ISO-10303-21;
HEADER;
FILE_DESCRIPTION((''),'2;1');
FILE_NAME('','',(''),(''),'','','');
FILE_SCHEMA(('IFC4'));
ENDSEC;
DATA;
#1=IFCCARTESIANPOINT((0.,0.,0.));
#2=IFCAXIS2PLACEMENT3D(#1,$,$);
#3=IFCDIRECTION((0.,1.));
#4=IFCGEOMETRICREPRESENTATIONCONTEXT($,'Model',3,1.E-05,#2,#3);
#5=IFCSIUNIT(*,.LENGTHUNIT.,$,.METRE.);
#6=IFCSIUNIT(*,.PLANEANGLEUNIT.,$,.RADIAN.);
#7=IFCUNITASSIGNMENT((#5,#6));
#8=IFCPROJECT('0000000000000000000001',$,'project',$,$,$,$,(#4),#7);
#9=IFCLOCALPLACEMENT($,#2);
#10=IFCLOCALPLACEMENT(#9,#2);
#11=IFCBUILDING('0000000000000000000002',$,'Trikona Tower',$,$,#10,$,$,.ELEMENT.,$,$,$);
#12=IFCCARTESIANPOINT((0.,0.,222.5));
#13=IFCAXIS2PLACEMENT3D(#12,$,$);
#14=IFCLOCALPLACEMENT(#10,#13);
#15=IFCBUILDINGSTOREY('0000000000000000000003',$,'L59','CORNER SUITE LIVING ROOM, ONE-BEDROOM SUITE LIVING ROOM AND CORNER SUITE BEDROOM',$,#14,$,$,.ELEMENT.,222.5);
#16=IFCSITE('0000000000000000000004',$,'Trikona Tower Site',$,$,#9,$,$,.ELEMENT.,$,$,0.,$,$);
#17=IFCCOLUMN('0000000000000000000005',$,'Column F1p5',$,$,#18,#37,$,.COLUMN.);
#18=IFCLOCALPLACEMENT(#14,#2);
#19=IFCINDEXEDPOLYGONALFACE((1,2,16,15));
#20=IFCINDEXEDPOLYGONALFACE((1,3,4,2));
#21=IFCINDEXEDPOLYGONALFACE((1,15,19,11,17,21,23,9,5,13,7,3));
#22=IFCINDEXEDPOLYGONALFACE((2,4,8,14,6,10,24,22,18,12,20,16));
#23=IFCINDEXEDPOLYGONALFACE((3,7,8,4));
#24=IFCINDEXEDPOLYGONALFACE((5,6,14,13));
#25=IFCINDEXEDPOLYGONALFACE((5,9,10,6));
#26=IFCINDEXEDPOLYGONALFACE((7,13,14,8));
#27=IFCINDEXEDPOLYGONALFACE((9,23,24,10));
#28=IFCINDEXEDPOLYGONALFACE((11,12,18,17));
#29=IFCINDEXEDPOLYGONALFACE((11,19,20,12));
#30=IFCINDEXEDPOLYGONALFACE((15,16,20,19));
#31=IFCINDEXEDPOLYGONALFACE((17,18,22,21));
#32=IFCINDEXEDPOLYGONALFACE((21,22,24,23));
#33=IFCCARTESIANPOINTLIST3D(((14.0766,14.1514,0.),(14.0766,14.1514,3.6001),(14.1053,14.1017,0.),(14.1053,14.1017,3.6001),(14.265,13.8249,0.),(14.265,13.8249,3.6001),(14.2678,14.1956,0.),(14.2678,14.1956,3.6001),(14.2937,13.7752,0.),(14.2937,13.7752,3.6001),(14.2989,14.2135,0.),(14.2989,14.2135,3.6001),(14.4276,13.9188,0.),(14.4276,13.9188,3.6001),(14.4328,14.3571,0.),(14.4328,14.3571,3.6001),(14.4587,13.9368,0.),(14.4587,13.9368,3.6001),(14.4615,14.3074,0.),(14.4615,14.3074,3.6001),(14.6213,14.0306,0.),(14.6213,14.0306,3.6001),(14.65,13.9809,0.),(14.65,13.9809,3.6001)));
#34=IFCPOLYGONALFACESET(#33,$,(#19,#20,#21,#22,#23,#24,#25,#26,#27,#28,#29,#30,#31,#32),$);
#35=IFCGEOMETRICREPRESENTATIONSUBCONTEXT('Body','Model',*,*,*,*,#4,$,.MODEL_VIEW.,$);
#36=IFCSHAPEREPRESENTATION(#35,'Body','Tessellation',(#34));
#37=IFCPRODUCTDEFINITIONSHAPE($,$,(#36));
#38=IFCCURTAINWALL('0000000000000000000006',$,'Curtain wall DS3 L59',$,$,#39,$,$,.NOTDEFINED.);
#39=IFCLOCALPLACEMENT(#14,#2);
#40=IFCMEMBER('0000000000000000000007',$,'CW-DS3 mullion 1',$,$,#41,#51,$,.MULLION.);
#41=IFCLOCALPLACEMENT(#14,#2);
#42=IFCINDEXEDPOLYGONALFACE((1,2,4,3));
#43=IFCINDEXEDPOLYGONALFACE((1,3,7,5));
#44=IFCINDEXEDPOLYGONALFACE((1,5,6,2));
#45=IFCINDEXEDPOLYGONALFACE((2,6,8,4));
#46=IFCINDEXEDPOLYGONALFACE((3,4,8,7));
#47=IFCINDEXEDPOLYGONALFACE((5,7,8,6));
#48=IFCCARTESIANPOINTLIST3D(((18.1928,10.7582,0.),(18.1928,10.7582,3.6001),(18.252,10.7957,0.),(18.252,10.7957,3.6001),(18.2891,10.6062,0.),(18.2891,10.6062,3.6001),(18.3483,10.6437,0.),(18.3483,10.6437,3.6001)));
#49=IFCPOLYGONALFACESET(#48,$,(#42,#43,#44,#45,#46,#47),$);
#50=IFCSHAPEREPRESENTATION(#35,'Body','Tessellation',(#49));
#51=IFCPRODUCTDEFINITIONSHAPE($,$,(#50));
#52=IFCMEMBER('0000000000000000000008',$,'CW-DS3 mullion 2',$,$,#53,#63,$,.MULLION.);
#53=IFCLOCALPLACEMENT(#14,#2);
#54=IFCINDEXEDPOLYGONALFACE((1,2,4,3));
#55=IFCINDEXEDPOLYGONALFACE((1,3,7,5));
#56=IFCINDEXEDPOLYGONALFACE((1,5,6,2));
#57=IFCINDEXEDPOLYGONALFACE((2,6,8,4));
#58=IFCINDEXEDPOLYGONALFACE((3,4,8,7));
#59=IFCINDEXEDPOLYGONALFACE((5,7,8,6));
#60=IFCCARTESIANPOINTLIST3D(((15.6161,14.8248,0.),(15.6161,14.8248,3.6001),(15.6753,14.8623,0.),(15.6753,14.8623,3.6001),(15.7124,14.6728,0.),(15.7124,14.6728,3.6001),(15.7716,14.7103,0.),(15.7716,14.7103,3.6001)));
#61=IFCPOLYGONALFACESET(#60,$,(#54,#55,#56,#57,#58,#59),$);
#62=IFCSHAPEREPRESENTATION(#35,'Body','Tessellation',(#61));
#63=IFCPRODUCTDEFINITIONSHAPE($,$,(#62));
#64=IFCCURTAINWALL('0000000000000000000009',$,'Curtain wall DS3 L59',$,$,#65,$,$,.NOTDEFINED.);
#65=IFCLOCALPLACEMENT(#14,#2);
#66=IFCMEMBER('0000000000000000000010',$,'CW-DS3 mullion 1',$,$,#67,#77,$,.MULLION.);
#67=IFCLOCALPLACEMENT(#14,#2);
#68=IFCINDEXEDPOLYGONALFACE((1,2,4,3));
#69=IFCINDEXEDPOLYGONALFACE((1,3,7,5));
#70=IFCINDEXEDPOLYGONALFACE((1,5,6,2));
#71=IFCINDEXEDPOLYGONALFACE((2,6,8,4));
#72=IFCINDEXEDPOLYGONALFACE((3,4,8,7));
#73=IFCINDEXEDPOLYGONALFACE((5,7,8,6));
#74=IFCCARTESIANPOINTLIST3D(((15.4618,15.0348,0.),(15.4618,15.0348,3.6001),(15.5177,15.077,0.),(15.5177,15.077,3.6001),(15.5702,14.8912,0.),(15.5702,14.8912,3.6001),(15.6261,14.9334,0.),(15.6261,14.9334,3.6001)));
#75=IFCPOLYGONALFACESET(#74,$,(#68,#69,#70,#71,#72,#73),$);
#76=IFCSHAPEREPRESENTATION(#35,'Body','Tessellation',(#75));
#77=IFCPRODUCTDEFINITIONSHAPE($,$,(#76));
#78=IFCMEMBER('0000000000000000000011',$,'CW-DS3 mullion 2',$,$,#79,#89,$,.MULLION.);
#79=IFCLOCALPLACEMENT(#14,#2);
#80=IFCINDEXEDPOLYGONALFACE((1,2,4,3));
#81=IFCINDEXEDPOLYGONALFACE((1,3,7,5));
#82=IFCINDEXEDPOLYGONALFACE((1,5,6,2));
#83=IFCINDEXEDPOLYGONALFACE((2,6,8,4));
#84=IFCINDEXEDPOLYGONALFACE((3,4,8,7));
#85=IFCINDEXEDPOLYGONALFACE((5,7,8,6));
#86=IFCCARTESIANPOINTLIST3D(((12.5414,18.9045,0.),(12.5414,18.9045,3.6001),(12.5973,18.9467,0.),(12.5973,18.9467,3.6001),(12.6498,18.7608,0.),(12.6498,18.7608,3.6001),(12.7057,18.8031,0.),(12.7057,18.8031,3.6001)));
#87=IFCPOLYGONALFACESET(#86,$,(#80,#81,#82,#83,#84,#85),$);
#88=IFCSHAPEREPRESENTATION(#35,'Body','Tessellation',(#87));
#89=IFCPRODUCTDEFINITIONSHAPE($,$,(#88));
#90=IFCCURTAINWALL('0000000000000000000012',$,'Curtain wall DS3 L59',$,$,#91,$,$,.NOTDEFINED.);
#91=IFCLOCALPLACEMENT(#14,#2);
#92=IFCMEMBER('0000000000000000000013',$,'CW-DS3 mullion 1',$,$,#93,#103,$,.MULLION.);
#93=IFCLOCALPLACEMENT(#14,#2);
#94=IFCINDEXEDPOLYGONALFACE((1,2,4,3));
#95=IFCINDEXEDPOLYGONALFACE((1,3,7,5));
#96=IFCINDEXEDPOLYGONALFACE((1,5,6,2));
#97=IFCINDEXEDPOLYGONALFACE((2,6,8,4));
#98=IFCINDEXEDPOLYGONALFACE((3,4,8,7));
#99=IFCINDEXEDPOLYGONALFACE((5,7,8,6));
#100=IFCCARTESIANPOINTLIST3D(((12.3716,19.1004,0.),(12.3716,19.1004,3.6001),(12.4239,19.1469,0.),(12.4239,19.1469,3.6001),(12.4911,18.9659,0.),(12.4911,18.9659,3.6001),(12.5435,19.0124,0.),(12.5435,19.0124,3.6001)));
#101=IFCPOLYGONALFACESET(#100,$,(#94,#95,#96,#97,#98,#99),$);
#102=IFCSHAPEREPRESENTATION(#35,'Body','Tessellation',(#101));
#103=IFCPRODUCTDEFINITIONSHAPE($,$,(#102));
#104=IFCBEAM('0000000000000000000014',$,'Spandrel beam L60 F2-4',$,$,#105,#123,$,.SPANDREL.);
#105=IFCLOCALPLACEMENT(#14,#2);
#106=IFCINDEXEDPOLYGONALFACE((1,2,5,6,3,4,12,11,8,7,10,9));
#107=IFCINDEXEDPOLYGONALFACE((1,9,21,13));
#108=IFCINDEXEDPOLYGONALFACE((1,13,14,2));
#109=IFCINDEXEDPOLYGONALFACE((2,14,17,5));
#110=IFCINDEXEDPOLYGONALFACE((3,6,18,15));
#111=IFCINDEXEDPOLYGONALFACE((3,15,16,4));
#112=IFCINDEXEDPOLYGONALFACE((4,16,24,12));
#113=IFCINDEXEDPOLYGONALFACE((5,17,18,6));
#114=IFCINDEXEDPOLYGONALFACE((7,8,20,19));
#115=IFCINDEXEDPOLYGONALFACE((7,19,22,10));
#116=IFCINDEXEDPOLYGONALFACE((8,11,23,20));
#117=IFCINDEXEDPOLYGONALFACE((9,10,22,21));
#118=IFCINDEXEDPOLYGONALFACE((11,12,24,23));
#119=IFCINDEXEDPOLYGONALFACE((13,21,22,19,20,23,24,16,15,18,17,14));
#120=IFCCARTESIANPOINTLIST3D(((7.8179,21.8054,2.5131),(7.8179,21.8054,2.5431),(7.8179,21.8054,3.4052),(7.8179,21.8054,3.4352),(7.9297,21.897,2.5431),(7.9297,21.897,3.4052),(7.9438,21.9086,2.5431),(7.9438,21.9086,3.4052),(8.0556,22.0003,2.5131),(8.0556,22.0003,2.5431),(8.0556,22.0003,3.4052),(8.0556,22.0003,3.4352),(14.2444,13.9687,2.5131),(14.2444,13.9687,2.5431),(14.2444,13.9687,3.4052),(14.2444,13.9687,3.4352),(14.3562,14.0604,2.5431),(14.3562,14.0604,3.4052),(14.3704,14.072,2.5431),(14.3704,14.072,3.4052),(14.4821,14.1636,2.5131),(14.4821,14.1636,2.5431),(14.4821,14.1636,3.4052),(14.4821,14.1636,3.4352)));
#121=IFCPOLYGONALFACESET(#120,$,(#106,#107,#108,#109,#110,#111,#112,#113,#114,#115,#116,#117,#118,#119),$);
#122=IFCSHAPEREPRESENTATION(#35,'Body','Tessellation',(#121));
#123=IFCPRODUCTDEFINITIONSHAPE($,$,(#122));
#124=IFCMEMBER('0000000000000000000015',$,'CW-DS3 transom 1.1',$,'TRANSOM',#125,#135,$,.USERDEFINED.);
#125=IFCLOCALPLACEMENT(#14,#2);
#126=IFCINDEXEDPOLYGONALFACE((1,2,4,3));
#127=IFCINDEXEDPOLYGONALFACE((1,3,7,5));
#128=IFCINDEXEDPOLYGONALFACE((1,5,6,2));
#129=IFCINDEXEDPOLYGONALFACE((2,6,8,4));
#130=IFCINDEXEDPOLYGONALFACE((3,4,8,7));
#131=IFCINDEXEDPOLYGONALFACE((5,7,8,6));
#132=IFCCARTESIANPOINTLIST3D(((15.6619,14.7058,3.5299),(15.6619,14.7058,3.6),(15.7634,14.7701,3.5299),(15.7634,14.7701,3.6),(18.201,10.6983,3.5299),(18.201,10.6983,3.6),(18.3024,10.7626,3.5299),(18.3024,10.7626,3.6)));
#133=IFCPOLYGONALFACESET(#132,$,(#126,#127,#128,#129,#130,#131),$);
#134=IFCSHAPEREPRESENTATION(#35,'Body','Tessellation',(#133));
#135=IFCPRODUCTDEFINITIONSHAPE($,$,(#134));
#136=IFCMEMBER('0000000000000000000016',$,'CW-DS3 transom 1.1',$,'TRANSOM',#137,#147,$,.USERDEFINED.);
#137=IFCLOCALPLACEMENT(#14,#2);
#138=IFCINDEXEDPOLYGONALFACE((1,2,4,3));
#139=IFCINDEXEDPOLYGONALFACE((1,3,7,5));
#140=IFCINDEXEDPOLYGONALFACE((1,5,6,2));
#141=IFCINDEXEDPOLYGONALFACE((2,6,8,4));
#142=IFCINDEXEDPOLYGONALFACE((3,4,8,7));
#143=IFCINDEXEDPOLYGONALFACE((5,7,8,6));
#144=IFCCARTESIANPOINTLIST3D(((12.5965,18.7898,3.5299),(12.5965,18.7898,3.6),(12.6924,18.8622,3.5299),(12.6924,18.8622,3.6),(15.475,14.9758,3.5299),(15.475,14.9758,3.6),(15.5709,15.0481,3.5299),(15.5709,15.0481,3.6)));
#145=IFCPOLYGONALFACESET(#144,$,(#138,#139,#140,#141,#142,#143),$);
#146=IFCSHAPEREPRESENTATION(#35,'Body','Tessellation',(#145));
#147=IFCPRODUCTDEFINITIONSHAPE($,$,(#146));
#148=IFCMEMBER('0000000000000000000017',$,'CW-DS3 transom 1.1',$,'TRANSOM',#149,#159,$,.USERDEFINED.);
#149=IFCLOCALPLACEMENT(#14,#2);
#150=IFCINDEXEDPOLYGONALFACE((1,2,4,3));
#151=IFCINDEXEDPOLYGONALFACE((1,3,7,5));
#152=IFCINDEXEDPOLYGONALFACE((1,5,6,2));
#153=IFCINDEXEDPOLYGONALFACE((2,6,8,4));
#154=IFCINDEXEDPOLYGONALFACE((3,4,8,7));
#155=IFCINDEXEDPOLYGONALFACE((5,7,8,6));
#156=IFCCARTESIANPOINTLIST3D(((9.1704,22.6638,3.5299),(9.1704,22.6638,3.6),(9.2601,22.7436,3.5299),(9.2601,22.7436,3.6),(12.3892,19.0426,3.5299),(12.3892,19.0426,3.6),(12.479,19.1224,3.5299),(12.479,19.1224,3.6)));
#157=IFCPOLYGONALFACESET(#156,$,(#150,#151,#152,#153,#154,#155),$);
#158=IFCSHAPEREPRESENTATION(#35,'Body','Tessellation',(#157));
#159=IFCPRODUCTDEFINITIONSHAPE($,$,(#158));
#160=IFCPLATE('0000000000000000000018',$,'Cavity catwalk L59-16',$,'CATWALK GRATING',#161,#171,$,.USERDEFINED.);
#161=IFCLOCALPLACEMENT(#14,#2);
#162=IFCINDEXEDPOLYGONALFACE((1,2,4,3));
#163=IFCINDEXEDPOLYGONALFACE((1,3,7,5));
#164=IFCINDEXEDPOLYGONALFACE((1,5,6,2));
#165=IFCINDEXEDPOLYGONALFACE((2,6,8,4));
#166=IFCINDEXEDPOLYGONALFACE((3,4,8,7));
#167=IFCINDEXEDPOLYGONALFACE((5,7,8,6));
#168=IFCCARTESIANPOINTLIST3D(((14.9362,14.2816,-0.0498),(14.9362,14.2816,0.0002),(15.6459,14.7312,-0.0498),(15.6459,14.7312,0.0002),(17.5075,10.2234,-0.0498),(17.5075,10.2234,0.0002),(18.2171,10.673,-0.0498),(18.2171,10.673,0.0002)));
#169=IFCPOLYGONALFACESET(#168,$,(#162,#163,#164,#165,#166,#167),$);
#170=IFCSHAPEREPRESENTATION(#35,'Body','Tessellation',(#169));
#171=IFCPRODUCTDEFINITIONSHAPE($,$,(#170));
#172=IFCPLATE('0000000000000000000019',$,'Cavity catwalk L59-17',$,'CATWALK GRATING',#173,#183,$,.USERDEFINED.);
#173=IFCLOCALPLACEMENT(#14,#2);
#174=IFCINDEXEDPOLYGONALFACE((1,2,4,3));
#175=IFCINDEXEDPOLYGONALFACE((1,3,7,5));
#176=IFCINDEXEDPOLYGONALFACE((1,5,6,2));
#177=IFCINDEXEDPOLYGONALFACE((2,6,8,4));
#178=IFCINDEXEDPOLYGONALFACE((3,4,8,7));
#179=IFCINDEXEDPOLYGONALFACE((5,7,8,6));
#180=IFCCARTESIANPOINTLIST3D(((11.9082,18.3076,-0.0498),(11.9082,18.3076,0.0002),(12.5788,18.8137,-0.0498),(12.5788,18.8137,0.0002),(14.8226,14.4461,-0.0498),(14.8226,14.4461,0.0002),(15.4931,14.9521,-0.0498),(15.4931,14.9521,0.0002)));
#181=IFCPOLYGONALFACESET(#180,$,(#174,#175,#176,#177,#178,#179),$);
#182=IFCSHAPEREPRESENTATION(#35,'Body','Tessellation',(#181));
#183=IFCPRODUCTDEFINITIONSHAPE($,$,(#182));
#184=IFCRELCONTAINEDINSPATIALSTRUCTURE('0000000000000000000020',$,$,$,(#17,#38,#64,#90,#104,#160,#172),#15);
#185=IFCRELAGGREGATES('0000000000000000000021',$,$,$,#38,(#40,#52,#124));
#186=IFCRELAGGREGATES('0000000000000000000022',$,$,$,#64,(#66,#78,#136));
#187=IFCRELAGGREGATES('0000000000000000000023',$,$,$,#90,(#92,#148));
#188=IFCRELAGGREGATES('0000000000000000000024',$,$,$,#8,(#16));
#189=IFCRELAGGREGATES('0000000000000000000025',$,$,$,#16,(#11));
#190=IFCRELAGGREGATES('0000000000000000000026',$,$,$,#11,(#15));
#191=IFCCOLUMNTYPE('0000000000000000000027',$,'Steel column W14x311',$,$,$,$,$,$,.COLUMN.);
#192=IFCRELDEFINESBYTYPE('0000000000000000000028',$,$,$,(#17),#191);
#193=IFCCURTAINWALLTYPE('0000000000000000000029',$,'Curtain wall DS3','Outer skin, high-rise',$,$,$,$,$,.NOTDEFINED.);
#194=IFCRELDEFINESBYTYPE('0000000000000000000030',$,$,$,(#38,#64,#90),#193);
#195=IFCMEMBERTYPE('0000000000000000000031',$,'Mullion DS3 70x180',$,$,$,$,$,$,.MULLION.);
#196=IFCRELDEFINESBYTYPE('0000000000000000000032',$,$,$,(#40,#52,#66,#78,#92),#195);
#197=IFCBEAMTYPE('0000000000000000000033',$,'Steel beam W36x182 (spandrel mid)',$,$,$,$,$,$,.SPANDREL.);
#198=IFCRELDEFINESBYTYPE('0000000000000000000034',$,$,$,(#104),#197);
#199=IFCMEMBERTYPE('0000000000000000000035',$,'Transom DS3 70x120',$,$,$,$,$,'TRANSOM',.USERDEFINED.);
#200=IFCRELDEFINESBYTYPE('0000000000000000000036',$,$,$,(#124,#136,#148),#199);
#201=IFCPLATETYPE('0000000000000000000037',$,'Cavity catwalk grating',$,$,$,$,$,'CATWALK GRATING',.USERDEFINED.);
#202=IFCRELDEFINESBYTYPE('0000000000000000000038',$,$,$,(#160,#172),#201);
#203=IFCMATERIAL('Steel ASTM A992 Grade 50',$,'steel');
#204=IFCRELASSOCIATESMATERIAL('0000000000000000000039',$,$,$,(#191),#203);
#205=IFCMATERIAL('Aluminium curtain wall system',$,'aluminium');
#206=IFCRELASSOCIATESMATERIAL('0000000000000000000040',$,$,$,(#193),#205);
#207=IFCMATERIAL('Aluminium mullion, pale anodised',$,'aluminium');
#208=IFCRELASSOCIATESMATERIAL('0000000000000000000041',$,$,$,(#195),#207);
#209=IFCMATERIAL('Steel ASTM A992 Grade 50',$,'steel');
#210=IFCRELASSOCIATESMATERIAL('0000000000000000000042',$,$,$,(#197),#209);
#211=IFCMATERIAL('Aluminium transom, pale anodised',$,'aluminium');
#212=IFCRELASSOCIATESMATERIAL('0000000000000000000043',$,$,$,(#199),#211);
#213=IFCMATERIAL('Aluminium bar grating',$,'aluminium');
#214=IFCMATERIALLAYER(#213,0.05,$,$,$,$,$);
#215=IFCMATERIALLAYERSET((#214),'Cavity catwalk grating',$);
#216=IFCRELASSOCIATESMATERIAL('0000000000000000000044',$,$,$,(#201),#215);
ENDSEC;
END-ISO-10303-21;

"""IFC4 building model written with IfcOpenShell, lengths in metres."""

from ifc_helpers import new_model, si_unit, direction, frame, origin, origin_2d, place, context, subcontext, project, spatial, rectangle, i_section, extrude, material, layer, layer_set, material_profile, profile_set, type_object, element, aggregate, save


model = new_model("IFC4")

# Units and contexts
model_context = context("Model", 3, precision=1e-05, world=origin(), true_north=direction((0.0, 1.0)))
body_context = subcontext(model_context, "Body", "Model", "MODEL_VIEW")
ifc_project = project(units=[si_unit("LENGTHUNIT", "METRE"), si_unit("PLANEANGLEUNIT", "RADIAN")], contexts=[model_context])

# Site, building, storey
site_placement = place(None, origin())
site = spatial("IfcSite", under=ifc_project, at=site_placement, Name="Trikona Tower Site", CompositionType="ELEMENT", RefElevation=0.0)
building_placement = place(site_placement, origin())
building = spatial("IfcBuilding", under=site, at=building_placement, Name="Trikona Tower", CompositionType="ELEMENT")
storey_placement = place(building_placement, frame((0.0, 0.0, 222.5)))
storey = spatial("IfcBuildingStorey", under=building, at=storey_placement, Name="L59", Description="CORNER SUITE LIVING ROOM, ONE-BEDROOM SUITE LIVING ROOM AND CORNER SUITE BEDROOM", CompositionType="ELEMENT", Elevation=222.5)

# Column
ifc_material_1 = material(Name="Steel ASTM A992 Grade 50", Category="steel")
ifc_material_profile_1 = material_profile(ifc_material_1, i_section(OverallWidth=0.4114, OverallDepth=0.4343, WebThickness=0.0359, FlangeThickness=0.0574, at=origin_2d()), Name="W14X311")
ifc_profile_set_1 = profile_set([ifc_material_profile_1], Name="Steel ASTM A992 Grade 50")
column_type = type_object("IfcColumnType", Name="Steel column W14x311", PredefinedType="COLUMN", material=ifc_profile_set_1)
column_placement = place(storey_placement, frame((14.3633, 14.0662, 0.0), z_axis=(0.0, 0.0, 1.0), x_axis=(0.866025, 0.5, 0.0)))
element("IfcColumn", 1, at=column_placement, inside=storey, type_object=column_type, Name="Column F1p5", PredefinedType="COLUMN", context=body_context, shape_type="SweptSolid", body=[
    extrude(i_section(OverallWidth=0.4114, OverallDepth=0.4343, WebThickness=0.0359, FlangeThickness=0.0574, at=origin_2d()), origin(), (0.0, 0.0, 1.0), 3.6001),
])

# Curtain walls, members
ifc_material_2 = material(Name="Aluminium curtain wall system", Category="aluminium")
curtain_wall_type = type_object("IfcCurtainWallType", Name="Curtain wall DS3", Description="Outer skin, high-rise", PredefinedType="NOTDEFINED", material=ifc_material_2)
curtain_wall_1_placement = place(storey_placement, origin())
curtain_wall_1 = element("IfcCurtainWall", 2, at=curtain_wall_1_placement, inside=storey, type_object=curtain_wall_type, Name="Curtain wall DS3 L59", PredefinedType="NOTDEFINED")
ifc_material_3 = material(Name="Aluminium mullion, pale anodised", Category="aluminium")
ifc_material_profile_2 = material_profile(ifc_material_3, rectangle(XDim=0.0701, YDim=0.1799, at=origin_2d()), Name="MUL-DS3")
ifc_profile_set_2 = profile_set([ifc_material_profile_2], Name="Aluminium mullion, pale anodised")
member_type_1 = type_object("IfcMemberType", Name="Mullion DS3 70x180", PredefinedType="MULLION", material=ifc_profile_set_2)
member_1_placement = place(storey_placement, frame((18.2705, 10.7009, 0.0), z_axis=(0.0, 0.0, 1.0), x_axis=(-0.844727, -0.535197, 0.0)))
member_1 = element("IfcMember", 3, at=member_1_placement, type_object=member_type_1, Name="CW-DS3 mullion 1", PredefinedType="MULLION", context=body_context, shape_type="SweptSolid", body=[
    extrude(rectangle(XDim=0.0701, YDim=0.1799, at=origin_2d()), origin(), (0.0, 0.0, 1.0), 3.6001),
])
member_2_placement = place(storey_placement, frame((15.6938, 14.7676, 0.0), z_axis=(0.0, 0.0, 1.0), x_axis=(-0.844727, -0.535197, 0.0)))
member_2 = element("IfcMember", 4, at=member_2_placement, type_object=member_type_1, Name="CW-DS3 mullion 2", PredefinedType="MULLION", context=body_context, shape_type="SweptSolid", body=[
    extrude(rectangle(XDim=0.0701, YDim=0.1799, at=origin_2d()), origin(), (0.0, 0.0, 1.0), 3.6001),
])
curtain_wall_2_placement = place(storey_placement, origin())
curtain_wall_2 = element("IfcCurtainWall", 5, at=curtain_wall_2_placement, inside=storey, type_object=curtain_wall_type, Name="Curtain wall DS3 L59", PredefinedType="NOTDEFINED")
member_3_placement = place(storey_placement, frame((15.5439, 14.9841, 0.0), z_axis=(0.0, 0.0, 1.0), x_axis=(-0.798193, -0.602402, 0.0)))
member_3 = element("IfcMember", 6, at=member_3_placement, type_object=member_type_1, Name="CW-DS3 mullion 1", PredefinedType="MULLION", context=body_context, shape_type="SweptSolid", body=[
    extrude(rectangle(XDim=0.0701, YDim=0.1799, at=origin_2d()), origin(), (0.0, 0.0, 1.0), 3.6001),
])
member_4_placement = place(storey_placement, frame((12.6235, 18.8538, 0.0), z_axis=(0.0, 0.0, 1.0), x_axis=(-0.798193, -0.602402, 0.0)))
member_4 = element("IfcMember", 7, at=member_4_placement, type_object=member_type_1, Name="CW-DS3 mullion 2", PredefinedType="MULLION", context=body_context, shape_type="SweptSolid", body=[
    extrude(rectangle(XDim=0.0701, YDim=0.1799, at=origin_2d()), origin(), (0.0, 0.0, 1.0), 3.6001),
])

# Curtain wall, member
curtain_wall_3_placement = place(storey_placement, origin())
curtain_wall_3 = element("IfcCurtainWall", 8, at=curtain_wall_3_placement, inside=storey, type_object=curtain_wall_type, Name="Curtain wall DS3 L59", PredefinedType="NOTDEFINED")
member_5_placement = place(storey_placement, frame((12.4575, 19.0564, 0.0), z_axis=(0.0, 0.0, 1.0), x_axis=(-0.747403, -0.664371, 0.0)))
member_5 = element("IfcMember", 9, at=member_5_placement, type_object=member_type_1, Name="CW-DS3 mullion 1", PredefinedType="MULLION", context=body_context, shape_type="SweptSolid", body=[
    extrude(rectangle(XDim=0.0701, YDim=0.1799, at=origin_2d()), origin(), (0.0, 0.0, 1.0), 3.6001),
])

# Beam
ifc_material_4 = material(Name="Steel ASTM A992 Grade 50", Category="steel")
ifc_material_profile_3 = material_profile(ifc_material_4, i_section(OverallWidth=0.3074, OverallDepth=0.9221, WebThickness=0.0183, FlangeThickness=0.03, at=origin_2d()), Name="W36X182")
ifc_profile_set_3 = profile_set([ifc_material_profile_3], Name="Steel ASTM A992 Grade 50")
beam_type = type_object("IfcBeamType", Name="Steel beam W36x182 (spandrel mid)", PredefinedType="SPANDREL", material=ifc_profile_set_3)
beam_placement = place(storey_placement, frame((14.3633, 14.0662, 2.9741), z_axis=(-0.634106, 0.773246, 0.0), x_axis=(-0.773246, -0.634106, 0.0)))
element("IfcBeam", 10, at=beam_placement, inside=storey, type_object=beam_type, Name="Spandrel beam L60 F2-4", PredefinedType="SPANDREL", context=body_context, shape_type="SweptSolid", body=[
    extrude(i_section(OverallWidth=0.3074, OverallDepth=0.9221, WebThickness=0.0183, FlangeThickness=0.03, at=origin_2d()), origin(), (0.0, 0.0, 1.0), 10.1348),
])

# Members
ifc_material_5 = material(Name="Aluminium transom, pale anodised", Category="aluminium")
ifc_material_profile_4 = material_profile(ifc_material_5, rectangle(XDim=0.1201, YDim=0.0701, at=origin_2d()), Name="TRN-DS3")
ifc_profile_set_4 = profile_set([ifc_material_profile_4], Name="Aluminium transom, pale anodised")
member_type_2 = type_object("IfcMemberType", Name="Transom DS3 70x120", ElementType="TRANSOM", PredefinedType="USERDEFINED", material=ifc_profile_set_4)
member_6_placement = place(storey_placement, frame((18.2517, 10.7305, 3.5649), z_axis=(-0.535193, 0.84473, 0.0), x_axis=(-0.84473, -0.535193, 0.0)))
member_6 = element("IfcMember", 11, at=member_6_placement, type_object=member_type_2, Name="CW-DS3 transom 1.1", ObjectType="TRANSOM", PredefinedType="USERDEFINED", context=body_context, shape_type="SweptSolid", body=[
    extrude(rectangle(XDim=0.1201, YDim=0.0701, at=origin_2d()), origin(), (0.0, 0.0, 1.0), 4.7441),
])
member_7_placement = place(storey_placement, frame((15.5229, 15.012, 3.5649), z_axis=(-0.602401, 0.798194, 0.0), x_axis=(-0.798194, -0.602401, 0.0)))
member_7 = element("IfcMember", 12, at=member_7_placement, type_object=member_type_2, Name="CW-DS3 transom 1.1", ObjectType="TRANSOM", PredefinedType="USERDEFINED", context=body_context, shape_type="SweptSolid", body=[
    extrude(rectangle(XDim=0.1201, YDim=0.0701, at=origin_2d()), origin(), (0.0, 0.0, 1.0), 4.7783),
])
member_8_placement = place(storey_placement, frame((12.4341, 19.0825, 3.5649), z_axis=(-0.664364, 0.747409, 0.0), x_axis=(-0.747409, -0.664364, 0.0)))
member_8 = element("IfcMember", 13, at=member_8_placement, type_object=member_type_2, Name="CW-DS3 transom 1.1", ObjectType="TRANSOM", PredefinedType="USERDEFINED", context=body_context, shape_type="SweptSolid", body=[
    extrude(rectangle(XDim=0.1201, YDim=0.0701, at=origin_2d()), origin(), (0.0, 0.0, 1.0), 4.845),
])

# Plates
ifc_material_6 = material(Name="Aluminium bar grating", Category="aluminium")
ifc_layer_1 = layer(ifc_material_6, 0.05)
ifc_layer_set_1 = layer_set([ifc_layer_1], Name="Cavity catwalk grating")
plate_type_1 = type_object("IfcPlateType", Name="Cavity catwalk grating", ElementType="CATWALK GRATING", PredefinedType="USERDEFINED", material=ifc_layer_set_1)
plate_1_placement = place(storey_placement, frame((16.5767, 12.4773, -0.0498), z_axis=(0.0, 0.0, 1.0), x_axis=(-0.535205, 0.844722, 0.0)))
element("IfcPlate", 14, at=plate_1_placement, inside=storey, type_object=plate_type_1, Name="Cavity catwalk L59-16", ObjectType="CATWALK GRATING", PredefinedType="USERDEFINED", context=body_context, shape_type="SweptSolid", body=[
    extrude(rectangle(XDim=4.8042, YDim=0.8401, at=origin_2d()), origin(), (0.0, 0.0, 1.0), 0.05),
])
plate_2_placement = place(storey_placement, frame((13.7007, 16.6299, -0.0498), z_axis=(0.0, 0.0, 1.0), x_axis=(-0.602402, 0.798193, 0.0)))
element("IfcPlate", 15, at=plate_2_placement, inside=storey, type_object=plate_type_1, Name="Cavity catwalk L59-17", ObjectType="CATWALK GRATING", PredefinedType="USERDEFINED", context=body_context, shape_type="SweptSolid", body=[
    extrude(rectangle(XDim=4.8379, YDim=0.8401, at=origin_2d()), origin(), (0.0, 0.0, 1.0), 0.05),
])

aggregate(curtain_wall_1, [member_1, member_2, member_6])
aggregate(curtain_wall_2, [member_3, member_4, member_7])
aggregate(curtain_wall_3, [member_5, member_8])

save(model, "model.ifc")
